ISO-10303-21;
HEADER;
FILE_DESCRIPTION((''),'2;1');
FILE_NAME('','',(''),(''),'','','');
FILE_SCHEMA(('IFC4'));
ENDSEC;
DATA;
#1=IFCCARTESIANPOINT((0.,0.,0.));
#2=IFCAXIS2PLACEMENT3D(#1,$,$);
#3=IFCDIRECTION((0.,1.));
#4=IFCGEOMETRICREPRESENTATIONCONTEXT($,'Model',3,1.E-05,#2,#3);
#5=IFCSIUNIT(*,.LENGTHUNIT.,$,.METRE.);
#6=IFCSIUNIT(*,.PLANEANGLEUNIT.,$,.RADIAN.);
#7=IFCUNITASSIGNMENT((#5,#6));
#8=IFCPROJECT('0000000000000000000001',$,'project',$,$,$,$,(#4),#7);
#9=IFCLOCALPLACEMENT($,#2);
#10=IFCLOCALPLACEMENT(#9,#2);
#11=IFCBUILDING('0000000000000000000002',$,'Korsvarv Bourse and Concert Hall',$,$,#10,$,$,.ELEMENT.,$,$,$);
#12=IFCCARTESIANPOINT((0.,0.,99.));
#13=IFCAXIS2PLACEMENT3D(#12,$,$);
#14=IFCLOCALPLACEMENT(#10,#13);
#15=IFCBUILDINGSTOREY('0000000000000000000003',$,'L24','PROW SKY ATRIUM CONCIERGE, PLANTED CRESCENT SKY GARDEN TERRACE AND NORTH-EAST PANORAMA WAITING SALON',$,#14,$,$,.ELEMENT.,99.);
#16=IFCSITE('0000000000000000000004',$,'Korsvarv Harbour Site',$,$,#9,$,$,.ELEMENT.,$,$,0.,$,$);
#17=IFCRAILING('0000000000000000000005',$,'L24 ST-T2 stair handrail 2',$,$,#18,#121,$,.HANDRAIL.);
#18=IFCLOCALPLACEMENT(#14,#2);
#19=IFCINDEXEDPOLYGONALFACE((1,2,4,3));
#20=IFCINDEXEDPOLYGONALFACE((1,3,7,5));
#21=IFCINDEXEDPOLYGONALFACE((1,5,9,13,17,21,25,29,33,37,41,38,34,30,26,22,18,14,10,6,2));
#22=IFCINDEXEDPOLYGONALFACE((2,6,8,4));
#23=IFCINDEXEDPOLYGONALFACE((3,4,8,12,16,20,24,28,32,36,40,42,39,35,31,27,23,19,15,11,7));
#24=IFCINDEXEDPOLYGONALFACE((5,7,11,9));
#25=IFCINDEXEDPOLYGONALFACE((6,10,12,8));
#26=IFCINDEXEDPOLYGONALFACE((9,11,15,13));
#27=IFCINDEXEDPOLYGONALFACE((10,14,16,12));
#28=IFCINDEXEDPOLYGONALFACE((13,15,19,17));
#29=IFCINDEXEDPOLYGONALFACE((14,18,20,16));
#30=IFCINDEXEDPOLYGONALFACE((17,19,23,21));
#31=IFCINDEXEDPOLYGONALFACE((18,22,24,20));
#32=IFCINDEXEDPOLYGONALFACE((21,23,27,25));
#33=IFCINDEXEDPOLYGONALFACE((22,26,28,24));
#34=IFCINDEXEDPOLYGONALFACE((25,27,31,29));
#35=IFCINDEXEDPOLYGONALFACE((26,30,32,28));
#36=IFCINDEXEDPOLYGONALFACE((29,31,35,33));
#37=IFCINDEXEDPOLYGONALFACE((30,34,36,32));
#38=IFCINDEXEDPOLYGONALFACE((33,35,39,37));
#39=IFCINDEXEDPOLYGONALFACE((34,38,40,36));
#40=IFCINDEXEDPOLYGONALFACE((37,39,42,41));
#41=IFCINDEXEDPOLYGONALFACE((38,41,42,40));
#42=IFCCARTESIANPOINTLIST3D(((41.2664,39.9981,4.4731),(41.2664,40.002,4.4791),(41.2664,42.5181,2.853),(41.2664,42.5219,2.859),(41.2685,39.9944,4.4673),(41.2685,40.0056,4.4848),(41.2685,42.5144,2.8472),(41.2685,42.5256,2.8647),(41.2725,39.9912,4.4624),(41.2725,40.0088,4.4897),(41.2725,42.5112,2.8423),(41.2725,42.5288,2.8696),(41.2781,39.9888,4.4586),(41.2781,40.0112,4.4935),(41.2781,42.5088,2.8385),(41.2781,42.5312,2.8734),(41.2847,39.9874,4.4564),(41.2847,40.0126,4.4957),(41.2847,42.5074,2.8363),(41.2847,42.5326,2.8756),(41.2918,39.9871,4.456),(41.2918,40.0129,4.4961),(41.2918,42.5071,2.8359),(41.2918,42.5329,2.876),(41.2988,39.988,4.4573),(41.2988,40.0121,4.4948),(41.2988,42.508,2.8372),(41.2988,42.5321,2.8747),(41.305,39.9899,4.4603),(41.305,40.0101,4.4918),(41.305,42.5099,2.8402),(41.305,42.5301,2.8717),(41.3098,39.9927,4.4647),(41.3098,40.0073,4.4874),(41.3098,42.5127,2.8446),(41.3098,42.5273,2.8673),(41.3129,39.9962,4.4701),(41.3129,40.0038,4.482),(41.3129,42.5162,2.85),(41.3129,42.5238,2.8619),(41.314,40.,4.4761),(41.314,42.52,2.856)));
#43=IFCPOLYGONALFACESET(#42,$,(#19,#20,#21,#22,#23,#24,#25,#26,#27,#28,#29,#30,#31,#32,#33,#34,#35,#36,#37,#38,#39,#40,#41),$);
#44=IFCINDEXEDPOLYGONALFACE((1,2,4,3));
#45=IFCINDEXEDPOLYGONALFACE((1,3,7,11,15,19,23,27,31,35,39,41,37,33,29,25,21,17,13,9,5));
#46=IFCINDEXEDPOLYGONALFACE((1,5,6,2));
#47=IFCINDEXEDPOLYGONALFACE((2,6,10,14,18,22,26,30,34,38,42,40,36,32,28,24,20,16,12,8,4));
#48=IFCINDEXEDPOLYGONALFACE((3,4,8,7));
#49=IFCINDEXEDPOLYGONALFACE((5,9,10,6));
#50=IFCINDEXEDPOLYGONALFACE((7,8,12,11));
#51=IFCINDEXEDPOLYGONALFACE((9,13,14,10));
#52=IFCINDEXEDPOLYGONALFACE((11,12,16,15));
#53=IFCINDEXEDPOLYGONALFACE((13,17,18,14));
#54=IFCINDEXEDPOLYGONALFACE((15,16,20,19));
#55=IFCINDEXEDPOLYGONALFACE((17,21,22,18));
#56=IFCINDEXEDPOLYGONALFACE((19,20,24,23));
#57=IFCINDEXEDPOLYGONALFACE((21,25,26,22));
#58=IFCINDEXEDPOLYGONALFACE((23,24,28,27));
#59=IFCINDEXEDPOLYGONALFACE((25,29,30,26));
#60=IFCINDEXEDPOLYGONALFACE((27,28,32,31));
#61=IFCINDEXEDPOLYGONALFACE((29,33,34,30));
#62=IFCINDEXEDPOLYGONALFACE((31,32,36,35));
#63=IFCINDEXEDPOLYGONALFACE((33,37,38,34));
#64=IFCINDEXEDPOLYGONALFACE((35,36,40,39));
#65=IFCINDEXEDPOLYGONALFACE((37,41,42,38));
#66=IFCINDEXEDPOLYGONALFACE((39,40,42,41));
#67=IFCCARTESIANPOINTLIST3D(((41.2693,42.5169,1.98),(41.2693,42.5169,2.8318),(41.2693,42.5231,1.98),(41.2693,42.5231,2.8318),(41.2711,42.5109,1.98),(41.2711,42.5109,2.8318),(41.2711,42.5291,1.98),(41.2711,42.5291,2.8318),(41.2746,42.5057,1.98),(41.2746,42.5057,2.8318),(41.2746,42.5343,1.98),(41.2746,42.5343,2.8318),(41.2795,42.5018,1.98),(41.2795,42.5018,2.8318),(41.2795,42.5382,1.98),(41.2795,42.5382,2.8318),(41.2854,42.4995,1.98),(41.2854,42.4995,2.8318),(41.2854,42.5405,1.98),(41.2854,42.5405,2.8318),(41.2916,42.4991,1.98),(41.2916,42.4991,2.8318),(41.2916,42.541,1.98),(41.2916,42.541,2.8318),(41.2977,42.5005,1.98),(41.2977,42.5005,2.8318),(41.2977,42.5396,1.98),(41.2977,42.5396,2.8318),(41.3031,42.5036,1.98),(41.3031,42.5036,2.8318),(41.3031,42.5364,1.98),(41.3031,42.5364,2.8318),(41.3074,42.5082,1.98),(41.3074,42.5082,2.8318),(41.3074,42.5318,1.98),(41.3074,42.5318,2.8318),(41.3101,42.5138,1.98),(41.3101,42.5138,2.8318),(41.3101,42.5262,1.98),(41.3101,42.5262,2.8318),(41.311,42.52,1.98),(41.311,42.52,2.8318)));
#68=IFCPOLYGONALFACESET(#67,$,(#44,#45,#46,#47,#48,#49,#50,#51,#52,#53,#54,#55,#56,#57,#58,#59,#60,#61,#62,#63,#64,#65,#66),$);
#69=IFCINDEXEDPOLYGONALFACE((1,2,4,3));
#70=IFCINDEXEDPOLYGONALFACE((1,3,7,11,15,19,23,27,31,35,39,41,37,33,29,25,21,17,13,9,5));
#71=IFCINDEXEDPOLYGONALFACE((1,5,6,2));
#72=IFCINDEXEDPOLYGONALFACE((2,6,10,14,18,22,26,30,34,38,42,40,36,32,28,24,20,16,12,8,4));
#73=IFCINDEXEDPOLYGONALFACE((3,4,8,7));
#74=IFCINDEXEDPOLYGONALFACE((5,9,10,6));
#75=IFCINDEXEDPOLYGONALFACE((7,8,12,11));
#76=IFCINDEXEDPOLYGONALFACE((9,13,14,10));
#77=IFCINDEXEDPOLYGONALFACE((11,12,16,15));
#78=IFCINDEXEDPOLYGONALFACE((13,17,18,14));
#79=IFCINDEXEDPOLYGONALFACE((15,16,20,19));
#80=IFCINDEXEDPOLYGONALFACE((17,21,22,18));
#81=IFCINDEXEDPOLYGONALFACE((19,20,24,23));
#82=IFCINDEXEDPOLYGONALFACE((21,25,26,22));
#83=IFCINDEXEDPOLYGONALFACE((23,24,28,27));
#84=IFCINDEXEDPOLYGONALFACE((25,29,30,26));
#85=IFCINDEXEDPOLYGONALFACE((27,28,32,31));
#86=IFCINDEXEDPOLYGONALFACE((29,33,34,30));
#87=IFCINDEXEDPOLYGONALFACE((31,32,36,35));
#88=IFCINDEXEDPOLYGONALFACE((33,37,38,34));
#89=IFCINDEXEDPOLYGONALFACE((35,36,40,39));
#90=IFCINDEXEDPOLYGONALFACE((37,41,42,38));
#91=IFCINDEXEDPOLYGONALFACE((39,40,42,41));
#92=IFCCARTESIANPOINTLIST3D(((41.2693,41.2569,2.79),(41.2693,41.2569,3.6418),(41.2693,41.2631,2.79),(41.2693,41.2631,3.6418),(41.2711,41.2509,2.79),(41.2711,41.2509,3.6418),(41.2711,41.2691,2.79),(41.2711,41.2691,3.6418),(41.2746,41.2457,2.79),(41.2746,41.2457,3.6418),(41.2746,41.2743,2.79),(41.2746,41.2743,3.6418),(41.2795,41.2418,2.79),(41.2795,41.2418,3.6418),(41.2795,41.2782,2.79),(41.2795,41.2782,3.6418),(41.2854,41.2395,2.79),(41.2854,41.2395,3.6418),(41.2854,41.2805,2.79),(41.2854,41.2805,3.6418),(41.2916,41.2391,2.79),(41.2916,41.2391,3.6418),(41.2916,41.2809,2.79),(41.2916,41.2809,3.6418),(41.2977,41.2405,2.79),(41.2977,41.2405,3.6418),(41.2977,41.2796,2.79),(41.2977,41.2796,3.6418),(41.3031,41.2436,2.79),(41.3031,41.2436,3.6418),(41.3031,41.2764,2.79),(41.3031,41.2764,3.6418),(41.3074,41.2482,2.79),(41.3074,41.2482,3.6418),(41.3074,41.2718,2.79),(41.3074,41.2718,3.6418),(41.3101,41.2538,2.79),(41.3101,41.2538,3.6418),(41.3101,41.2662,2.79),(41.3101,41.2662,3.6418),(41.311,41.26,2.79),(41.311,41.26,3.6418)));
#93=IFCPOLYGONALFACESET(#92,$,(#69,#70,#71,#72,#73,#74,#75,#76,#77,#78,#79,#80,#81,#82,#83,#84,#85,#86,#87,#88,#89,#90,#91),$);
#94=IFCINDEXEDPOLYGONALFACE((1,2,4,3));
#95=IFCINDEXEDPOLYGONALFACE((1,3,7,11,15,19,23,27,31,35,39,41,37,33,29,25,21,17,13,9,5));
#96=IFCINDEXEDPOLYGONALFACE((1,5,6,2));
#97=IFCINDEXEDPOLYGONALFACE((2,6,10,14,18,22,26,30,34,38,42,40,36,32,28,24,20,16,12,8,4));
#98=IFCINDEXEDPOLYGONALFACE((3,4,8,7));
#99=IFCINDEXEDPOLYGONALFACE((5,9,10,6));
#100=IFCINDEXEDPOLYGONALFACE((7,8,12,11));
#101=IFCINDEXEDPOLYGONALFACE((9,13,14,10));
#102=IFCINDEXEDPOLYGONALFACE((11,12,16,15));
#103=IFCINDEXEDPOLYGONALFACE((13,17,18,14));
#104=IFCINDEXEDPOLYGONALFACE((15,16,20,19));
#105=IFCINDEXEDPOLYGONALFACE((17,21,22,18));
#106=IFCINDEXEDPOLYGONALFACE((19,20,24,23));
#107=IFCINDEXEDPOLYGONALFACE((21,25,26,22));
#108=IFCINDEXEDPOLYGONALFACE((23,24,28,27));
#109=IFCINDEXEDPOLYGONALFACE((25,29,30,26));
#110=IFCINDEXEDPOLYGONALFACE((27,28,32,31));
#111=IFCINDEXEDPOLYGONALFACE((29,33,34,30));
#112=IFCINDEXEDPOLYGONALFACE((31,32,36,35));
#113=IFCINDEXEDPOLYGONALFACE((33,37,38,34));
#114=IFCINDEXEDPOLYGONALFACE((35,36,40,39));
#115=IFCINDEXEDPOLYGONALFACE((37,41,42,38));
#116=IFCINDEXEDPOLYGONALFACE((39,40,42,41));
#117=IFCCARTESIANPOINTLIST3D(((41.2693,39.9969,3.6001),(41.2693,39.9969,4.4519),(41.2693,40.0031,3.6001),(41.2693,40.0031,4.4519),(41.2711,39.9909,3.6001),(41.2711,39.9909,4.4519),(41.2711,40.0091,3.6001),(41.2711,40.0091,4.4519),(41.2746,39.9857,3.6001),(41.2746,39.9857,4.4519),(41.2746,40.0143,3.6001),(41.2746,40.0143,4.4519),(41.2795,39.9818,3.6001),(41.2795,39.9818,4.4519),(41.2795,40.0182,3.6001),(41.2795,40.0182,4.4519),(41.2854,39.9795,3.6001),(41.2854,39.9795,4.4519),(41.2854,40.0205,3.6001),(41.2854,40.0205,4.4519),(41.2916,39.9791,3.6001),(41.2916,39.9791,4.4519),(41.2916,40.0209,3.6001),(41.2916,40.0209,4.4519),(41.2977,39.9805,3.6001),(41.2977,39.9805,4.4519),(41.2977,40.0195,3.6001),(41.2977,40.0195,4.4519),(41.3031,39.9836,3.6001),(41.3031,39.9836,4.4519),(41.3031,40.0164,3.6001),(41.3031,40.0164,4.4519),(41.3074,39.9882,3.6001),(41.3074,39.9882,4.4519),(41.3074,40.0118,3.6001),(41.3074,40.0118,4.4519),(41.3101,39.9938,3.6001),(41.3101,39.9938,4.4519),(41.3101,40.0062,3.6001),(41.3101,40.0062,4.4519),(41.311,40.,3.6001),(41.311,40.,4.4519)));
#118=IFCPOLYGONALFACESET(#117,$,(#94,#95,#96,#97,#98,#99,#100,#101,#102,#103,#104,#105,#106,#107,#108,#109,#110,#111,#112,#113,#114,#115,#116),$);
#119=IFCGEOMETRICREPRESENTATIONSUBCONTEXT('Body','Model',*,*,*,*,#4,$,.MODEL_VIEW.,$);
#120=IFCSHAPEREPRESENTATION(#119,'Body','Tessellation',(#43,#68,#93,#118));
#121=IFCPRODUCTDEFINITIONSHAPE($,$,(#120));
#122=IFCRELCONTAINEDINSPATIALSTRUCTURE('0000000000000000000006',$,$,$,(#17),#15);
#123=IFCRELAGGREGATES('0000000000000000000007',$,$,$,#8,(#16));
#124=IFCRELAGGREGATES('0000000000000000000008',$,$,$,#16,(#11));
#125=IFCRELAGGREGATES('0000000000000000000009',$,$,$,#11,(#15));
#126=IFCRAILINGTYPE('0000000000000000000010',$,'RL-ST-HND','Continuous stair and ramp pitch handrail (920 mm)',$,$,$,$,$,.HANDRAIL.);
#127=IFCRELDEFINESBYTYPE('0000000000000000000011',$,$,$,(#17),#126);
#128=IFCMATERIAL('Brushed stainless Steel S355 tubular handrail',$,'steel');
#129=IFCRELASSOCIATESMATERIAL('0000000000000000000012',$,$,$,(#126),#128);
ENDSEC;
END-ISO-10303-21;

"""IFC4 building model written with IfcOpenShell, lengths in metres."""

from ifc_helpers import new_model, si_unit, direction, frame, origin, origin_2d, place, context, subcontext, project, spatial, circle, extrude, material, type_object, element, save


model = new_model("IFC4")

# Units and contexts
model_context = context("Model", 3, precision=1e-05, world=origin(), true_north=direction((0.0, 1.0)))
body_context = subcontext(model_context, "Body", "Model", "MODEL_VIEW")
ifc_project = project(units=[si_unit("LENGTHUNIT", "METRE"), si_unit("PLANEANGLEUNIT", "RADIAN")], contexts=[model_context])

# Site, building, storey
site_placement = place(None, origin())
site = spatial("IfcSite", under=ifc_project, at=site_placement, Name="Korsvarv Harbour Site", CompositionType="ELEMENT", RefElevation=0.0)
building_placement = place(site_placement, origin())
building = spatial("IfcBuilding", under=site, at=building_placement, Name="Korsvarv Bourse and Concert Hall", CompositionType="ELEMENT")
storey_placement = place(building_placement, frame((0.0, 0.0, 99.0)))
storey = spatial("IfcBuildingStorey", under=building, at=storey_placement, Name="L24", Description="PROW SKY ATRIUM CONCIERGE, PLANTED CRESCENT SKY GARDEN TERRACE AND NORTH-EAST PANORAMA WAITING SALON", CompositionType="ELEMENT", Elevation=99.0)

# Railing
ifc_material_1 = material(Name="Brushed stainless Steel S355 tubular handrail", Category="steel")
railing_type_1 = type_object("IfcRailingType", Name="RL-ST-HND", Description="Continuous stair and ramp pitch handrail (920 mm)", PredefinedType="HANDRAIL", material=ifc_material_1)
railing_1_placement = place(storey_placement, frame((41.29, 42.52, 1.98)))
element("IfcRailing", 1, at=railing_1_placement, inside=storey, type_object=railing_type_1, Name="L24 ST-T2 stair handrail 2", PredefinedType="HANDRAIL", context=body_context, shape_type="SweptSolid", body=[
    extrude(circle(Radius=0.0239, at=origin_2d()), frame((0.0, 0.0, 0.876), z_axis=(0.0, -0.841163, 0.540782), x_axis=(1.0, 0.0, 0.0)), (0.0, 0.0, 1.0), 2.9958),
    extrude(circle(Radius=0.021, at=origin_2d()), origin(), (0.0, 0.0, 1.0), 0.8518),
    extrude(circle(Radius=0.021, at=origin_2d()), frame((0.0, -1.26, 0.8101)), (0.0, 0.0, 1.0), 0.8518),
    extrude(circle(Radius=0.021, at=origin_2d()), frame((0.0, -2.52, 1.6201)), (0.0, 0.0, 1.0), 0.8518),
])

save(model, "model.ifc")
